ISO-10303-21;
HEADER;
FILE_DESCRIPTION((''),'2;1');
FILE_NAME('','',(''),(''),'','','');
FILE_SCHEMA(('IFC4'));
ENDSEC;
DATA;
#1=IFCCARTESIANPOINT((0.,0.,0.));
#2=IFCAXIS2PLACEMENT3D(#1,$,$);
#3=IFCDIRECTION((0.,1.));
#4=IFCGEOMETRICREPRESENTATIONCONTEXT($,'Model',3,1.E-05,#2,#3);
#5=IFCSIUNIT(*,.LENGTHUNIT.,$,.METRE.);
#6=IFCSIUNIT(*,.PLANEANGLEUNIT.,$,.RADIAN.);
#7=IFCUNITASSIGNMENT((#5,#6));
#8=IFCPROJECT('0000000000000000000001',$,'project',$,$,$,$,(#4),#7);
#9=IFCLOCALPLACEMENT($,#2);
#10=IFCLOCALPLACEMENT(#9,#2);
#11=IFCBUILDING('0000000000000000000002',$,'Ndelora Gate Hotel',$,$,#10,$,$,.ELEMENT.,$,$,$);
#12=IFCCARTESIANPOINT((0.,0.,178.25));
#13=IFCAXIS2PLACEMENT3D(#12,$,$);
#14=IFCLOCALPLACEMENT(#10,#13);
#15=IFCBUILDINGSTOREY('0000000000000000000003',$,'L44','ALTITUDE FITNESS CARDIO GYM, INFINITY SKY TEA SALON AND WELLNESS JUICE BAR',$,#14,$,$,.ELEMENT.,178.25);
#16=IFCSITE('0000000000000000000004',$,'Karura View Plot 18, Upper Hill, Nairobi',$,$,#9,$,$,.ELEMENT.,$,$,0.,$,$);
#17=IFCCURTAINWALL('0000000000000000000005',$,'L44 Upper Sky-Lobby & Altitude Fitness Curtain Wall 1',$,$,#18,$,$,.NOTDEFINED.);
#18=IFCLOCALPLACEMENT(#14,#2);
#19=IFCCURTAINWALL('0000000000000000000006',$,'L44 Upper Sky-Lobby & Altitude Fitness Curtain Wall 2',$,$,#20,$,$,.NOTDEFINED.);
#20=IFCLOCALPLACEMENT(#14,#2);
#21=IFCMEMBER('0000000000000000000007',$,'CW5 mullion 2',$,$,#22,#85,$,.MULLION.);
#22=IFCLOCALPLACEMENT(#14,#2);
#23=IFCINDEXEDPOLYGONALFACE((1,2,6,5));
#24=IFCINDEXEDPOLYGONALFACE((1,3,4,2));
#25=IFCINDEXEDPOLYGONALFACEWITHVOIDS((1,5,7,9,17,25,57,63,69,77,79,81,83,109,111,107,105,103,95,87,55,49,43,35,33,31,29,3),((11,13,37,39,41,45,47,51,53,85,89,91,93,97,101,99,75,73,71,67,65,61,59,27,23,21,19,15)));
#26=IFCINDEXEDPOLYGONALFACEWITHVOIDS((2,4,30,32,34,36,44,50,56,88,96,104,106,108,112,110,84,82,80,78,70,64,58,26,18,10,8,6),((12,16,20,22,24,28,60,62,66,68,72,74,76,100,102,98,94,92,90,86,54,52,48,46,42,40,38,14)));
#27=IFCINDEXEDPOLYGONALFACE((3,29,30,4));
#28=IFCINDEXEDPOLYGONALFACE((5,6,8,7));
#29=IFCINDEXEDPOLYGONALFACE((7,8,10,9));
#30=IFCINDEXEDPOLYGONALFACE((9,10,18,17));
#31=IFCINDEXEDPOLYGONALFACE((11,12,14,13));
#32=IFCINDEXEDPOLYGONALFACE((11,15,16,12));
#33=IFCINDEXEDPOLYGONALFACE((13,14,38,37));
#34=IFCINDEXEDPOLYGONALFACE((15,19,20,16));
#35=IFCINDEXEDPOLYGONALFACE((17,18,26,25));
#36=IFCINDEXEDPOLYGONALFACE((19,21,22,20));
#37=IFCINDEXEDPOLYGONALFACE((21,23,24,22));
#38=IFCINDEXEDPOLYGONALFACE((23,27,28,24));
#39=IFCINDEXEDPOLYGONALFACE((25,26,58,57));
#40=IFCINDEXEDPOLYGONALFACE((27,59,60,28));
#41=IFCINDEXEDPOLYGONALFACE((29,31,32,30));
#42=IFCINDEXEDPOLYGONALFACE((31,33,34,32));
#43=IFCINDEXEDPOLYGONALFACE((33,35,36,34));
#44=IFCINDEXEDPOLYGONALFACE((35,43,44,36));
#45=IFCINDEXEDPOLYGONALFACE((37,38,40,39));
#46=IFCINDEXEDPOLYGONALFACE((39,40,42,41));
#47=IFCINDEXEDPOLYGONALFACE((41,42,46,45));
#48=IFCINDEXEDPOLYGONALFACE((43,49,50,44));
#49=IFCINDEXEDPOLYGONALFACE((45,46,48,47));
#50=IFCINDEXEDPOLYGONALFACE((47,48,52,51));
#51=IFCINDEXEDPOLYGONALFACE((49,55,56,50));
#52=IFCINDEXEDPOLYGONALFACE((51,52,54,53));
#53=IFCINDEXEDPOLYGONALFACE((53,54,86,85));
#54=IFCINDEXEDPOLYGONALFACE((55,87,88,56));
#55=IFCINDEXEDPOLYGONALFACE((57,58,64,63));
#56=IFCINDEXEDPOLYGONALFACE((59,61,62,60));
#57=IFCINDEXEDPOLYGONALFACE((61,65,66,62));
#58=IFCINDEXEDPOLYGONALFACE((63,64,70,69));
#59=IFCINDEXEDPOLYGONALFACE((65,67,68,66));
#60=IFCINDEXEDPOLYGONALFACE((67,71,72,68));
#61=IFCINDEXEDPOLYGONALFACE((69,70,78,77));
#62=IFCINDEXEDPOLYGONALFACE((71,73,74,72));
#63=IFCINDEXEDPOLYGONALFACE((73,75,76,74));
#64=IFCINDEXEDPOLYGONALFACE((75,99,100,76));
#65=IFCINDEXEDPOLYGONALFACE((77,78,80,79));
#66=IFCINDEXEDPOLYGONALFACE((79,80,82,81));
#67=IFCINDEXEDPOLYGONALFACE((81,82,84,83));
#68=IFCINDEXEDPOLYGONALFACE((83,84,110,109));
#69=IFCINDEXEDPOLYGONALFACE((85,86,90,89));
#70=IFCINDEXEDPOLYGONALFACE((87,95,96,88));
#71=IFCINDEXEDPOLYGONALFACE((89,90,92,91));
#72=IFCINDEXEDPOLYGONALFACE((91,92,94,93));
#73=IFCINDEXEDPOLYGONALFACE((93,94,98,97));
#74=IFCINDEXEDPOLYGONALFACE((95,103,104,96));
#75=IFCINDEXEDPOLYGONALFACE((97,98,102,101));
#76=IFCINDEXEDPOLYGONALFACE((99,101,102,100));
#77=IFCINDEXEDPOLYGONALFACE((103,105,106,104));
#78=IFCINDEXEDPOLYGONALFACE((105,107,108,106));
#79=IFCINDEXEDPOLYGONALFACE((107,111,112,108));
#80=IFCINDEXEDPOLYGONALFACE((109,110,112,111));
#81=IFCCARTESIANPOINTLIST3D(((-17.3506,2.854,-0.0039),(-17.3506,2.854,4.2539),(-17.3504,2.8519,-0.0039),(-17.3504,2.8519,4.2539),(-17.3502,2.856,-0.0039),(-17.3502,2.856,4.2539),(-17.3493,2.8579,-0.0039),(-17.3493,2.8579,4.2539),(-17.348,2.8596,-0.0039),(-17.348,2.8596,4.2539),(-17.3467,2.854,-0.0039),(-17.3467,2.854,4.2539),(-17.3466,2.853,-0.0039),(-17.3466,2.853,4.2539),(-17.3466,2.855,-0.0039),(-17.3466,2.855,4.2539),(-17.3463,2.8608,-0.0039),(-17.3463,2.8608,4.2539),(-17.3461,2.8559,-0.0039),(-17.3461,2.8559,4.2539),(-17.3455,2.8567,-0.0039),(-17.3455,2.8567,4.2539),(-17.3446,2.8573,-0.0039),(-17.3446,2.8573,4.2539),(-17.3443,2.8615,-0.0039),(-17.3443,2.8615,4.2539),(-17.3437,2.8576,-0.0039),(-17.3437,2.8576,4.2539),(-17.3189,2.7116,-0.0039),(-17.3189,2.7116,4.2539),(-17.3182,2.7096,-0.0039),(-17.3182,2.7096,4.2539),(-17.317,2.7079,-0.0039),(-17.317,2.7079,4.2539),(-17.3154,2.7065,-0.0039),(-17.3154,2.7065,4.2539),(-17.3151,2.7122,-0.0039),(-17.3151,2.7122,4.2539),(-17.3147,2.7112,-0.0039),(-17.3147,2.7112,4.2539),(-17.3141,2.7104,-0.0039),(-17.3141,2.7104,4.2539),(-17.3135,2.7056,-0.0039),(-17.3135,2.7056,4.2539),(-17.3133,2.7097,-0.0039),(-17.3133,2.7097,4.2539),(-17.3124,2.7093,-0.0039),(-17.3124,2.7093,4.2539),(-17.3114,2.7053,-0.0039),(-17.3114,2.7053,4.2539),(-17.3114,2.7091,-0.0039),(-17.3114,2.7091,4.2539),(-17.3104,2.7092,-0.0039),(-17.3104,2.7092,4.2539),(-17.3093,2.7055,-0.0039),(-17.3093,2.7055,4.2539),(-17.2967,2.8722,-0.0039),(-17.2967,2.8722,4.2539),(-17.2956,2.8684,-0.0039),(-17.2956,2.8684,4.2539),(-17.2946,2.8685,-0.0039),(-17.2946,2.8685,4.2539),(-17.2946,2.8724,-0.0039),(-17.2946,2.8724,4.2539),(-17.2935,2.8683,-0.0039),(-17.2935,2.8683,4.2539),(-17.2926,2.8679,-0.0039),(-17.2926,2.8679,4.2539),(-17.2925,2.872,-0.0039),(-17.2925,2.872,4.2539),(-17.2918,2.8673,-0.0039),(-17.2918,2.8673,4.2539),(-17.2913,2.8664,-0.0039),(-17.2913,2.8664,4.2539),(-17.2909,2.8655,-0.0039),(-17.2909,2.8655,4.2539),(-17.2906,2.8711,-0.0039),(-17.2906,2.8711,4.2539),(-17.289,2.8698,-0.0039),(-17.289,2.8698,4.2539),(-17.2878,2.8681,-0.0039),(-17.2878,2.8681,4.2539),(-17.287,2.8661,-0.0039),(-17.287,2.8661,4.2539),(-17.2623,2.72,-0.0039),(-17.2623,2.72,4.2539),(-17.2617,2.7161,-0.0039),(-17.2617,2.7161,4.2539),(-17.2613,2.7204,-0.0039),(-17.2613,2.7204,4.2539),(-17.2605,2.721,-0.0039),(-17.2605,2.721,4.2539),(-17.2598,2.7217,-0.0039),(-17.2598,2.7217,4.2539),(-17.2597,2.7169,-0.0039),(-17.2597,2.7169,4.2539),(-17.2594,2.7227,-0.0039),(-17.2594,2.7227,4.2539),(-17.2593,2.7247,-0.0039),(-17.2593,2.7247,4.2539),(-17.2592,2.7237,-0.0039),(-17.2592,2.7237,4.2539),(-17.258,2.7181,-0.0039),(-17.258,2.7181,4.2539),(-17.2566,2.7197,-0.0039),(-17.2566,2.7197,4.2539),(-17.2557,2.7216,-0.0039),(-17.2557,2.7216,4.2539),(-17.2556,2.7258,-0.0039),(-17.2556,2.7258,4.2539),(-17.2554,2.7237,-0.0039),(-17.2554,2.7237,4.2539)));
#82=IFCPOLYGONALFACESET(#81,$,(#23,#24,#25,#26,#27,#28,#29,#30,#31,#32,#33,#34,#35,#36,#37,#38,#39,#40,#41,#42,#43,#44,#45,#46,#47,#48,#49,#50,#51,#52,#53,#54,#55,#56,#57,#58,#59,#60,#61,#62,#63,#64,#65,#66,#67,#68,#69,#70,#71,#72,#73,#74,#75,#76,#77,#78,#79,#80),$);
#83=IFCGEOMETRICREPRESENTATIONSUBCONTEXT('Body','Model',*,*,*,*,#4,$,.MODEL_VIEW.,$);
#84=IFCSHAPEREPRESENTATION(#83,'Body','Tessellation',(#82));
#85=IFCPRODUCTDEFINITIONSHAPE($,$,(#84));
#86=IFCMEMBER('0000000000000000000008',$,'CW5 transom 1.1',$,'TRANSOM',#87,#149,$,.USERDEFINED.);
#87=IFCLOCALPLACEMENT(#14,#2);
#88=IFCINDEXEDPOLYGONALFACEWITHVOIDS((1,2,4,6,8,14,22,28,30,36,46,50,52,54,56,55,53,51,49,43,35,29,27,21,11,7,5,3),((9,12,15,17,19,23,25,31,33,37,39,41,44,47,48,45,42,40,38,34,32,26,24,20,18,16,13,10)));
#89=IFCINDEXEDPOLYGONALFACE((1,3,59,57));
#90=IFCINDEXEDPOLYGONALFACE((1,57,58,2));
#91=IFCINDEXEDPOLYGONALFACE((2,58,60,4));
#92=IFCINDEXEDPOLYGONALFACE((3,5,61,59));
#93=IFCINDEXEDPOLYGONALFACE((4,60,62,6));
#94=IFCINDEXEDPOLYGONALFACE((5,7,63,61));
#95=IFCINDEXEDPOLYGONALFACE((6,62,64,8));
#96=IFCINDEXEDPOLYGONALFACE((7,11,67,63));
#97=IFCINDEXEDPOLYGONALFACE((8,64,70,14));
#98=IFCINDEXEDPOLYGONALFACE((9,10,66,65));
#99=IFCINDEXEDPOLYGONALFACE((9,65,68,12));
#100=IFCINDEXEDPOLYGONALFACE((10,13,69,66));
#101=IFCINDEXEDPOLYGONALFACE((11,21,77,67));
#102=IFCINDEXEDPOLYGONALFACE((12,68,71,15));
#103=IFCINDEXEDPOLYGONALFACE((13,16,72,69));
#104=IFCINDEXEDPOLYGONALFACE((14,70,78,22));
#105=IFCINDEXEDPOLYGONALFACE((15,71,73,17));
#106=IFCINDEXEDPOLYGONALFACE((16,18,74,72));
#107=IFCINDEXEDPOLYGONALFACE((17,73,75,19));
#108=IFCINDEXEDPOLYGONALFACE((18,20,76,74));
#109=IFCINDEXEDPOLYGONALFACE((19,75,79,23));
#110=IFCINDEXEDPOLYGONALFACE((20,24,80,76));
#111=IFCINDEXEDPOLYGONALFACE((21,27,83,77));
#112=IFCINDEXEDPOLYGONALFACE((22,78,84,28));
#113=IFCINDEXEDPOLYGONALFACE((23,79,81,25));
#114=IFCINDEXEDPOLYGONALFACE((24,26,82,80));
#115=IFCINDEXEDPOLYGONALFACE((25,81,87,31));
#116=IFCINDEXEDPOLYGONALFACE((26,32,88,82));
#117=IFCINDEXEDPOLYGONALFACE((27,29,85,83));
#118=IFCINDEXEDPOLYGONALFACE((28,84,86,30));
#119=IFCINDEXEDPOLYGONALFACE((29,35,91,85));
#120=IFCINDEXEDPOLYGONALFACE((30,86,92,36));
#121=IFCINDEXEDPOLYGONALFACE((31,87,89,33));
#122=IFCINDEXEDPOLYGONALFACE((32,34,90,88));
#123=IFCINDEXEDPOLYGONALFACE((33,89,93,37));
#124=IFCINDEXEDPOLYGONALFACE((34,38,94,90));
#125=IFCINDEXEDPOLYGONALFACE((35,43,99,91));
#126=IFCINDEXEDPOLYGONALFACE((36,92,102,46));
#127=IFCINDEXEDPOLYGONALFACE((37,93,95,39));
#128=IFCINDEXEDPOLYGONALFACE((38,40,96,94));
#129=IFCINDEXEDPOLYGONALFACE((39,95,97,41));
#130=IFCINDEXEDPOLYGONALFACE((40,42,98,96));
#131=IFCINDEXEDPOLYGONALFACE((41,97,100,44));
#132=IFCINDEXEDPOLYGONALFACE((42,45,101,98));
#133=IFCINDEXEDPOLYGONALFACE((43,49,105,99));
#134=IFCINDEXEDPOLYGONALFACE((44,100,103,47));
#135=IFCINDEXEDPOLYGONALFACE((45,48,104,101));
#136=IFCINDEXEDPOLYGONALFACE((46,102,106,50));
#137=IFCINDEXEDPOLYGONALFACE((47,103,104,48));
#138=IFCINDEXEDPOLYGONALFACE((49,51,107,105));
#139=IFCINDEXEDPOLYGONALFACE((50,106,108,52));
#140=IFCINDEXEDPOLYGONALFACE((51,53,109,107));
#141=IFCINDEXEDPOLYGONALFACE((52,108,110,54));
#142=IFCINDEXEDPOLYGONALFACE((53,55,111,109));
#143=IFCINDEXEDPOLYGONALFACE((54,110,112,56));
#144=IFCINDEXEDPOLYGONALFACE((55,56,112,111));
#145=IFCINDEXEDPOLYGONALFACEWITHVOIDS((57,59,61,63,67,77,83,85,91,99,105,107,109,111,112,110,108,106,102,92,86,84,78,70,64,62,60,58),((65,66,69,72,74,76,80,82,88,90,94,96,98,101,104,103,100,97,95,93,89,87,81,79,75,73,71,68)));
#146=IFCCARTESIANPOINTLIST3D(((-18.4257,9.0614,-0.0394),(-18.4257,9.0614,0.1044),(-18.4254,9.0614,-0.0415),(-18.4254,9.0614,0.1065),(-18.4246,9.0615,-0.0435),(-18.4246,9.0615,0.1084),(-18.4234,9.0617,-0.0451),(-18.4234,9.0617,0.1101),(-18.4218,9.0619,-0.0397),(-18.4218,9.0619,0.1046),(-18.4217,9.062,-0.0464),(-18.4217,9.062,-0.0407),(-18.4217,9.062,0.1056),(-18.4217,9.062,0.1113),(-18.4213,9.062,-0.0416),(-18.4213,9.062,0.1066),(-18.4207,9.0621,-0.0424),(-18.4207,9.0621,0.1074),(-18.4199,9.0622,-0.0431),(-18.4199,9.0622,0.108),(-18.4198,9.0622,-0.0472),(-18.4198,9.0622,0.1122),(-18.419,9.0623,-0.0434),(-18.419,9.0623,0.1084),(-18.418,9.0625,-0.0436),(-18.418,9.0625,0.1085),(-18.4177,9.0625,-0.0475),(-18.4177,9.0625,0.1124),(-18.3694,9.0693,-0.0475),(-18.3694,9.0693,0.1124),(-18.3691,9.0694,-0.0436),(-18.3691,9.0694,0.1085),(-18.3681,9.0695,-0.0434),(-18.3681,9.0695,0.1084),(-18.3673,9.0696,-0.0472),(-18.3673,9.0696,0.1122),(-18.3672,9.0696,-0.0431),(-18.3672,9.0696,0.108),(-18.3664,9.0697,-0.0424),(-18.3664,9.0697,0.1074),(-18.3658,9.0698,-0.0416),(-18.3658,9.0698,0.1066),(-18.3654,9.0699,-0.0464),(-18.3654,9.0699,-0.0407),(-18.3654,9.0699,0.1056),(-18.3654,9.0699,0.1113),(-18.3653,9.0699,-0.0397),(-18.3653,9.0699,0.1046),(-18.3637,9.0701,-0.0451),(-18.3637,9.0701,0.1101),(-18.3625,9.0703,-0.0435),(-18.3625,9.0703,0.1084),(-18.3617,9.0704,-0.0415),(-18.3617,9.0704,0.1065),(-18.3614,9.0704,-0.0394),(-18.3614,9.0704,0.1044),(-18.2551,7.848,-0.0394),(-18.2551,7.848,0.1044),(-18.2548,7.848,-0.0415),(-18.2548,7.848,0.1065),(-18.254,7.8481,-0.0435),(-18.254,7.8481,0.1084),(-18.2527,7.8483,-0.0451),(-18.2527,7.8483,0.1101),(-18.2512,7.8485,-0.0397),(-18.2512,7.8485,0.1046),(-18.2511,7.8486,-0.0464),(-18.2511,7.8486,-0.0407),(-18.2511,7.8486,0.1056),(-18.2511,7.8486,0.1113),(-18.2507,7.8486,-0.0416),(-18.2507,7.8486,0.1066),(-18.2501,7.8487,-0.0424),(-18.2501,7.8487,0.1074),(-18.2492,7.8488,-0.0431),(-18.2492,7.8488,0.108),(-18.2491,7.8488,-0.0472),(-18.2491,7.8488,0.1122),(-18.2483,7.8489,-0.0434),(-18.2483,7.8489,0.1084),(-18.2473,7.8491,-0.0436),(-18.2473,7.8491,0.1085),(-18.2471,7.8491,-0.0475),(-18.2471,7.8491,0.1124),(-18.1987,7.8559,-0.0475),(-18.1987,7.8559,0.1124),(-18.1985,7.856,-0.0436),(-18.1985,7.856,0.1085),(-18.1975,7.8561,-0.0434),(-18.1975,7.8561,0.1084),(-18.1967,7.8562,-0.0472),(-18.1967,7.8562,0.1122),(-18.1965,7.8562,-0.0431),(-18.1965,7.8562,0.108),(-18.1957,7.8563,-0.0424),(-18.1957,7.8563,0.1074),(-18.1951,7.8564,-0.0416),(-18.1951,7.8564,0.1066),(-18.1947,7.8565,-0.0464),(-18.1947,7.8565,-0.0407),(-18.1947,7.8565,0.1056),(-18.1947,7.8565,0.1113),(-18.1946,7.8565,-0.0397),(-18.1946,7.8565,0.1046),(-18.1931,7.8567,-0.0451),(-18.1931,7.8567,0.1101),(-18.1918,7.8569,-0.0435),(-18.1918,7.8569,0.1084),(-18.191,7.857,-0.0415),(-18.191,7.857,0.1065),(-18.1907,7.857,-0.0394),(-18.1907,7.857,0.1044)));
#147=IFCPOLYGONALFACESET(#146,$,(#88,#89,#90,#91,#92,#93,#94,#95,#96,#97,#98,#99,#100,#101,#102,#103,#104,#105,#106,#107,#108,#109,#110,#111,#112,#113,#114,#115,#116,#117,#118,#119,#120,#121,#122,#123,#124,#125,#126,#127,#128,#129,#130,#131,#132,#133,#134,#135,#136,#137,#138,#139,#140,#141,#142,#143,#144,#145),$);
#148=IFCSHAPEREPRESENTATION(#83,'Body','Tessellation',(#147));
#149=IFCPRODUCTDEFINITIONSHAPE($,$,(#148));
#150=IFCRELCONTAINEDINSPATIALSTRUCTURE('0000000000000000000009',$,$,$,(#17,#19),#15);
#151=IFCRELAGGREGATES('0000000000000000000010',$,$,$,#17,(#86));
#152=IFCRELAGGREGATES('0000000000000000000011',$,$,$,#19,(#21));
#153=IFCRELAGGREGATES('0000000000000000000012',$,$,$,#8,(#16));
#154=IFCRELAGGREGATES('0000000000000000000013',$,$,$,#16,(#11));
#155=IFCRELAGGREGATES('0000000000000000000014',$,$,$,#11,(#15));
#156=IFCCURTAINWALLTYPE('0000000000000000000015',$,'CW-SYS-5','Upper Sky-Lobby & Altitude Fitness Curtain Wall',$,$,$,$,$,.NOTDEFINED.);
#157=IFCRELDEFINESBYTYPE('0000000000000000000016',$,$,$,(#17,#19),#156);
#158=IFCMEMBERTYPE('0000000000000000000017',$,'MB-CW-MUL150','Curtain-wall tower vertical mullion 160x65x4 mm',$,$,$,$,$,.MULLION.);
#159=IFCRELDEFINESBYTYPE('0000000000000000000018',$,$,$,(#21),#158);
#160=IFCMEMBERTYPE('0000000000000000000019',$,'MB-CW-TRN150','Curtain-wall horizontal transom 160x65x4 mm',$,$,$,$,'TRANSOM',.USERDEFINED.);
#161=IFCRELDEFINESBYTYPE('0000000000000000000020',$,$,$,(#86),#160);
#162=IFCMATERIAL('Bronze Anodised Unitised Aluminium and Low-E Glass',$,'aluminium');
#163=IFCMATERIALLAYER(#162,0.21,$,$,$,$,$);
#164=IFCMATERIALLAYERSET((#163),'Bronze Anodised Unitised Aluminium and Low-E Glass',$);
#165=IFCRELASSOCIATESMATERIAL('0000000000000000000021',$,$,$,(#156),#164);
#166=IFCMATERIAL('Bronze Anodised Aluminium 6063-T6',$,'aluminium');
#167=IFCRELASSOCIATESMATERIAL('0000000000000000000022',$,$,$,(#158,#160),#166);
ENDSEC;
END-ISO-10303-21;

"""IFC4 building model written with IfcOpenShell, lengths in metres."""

from ifc_helpers import new_model, si_unit, direction, frame, origin, origin_2d, place, context, subcontext, project, spatial, hollow_rectangle, extrude, material, layer, layer_set, material_profile, profile_set, type_object, element, aggregate, save


model = new_model("IFC4")

# Units and contexts
model_context = context("Model", 3, precision=1e-05, world=origin(), true_north=direction((0.0, 1.0)))
body_context = subcontext(model_context, "Body", "Model", "MODEL_VIEW")
ifc_project = project(units=[si_unit("LENGTHUNIT", "METRE"), si_unit("PLANEANGLEUNIT", "RADIAN")], contexts=[model_context])

# Site, building, storey
site_placement = place(None, origin())
site = spatial("IfcSite", under=ifc_project, at=site_placement, Name="Karura View Plot 18, Upper Hill, Nairobi", CompositionType="ELEMENT", RefElevation=0.0)
building_placement = place(site_placement, origin())
building = spatial("IfcBuilding", under=site, at=building_placement, Name="Ndelora Gate Hotel", CompositionType="ELEMENT")
storey_placement = place(building_placement, frame((0.0, 0.0, 178.25)))
storey = spatial("IfcBuildingStorey", under=building, at=storey_placement, Name="L44", Description="ALTITUDE FITNESS CARDIO GYM, INFINITY SKY TEA SALON AND WELLNESS JUICE BAR", CompositionType="ELEMENT", Elevation=178.25)

# Curtain walls, member
ifc_material_1 = material(Name="Bronze Anodised Unitised Aluminium and Low-E Glass", Category="aluminium")
ifc_layer_1 = layer(ifc_material_1, 0.21)
ifc_layer_set_1 = layer_set([ifc_layer_1], Name="Bronze Anodised Unitised Aluminium and Low-E Glass")
curtain_wall_type = type_object("IfcCurtainWallType", Name="CW-SYS-5", Description="Upper Sky-Lobby & Altitude Fitness Curtain Wall", PredefinedType="NOTDEFINED", material=ifc_layer_set_1)
curtain_wall_1_placement = place(storey_placement, origin())
curtain_wall_1 = element("IfcCurtainWall", 1, at=curtain_wall_1_placement, inside=storey, type_object=curtain_wall_type, Name="L44 Upper Sky-Lobby & Altitude Fitness Curtain Wall 1", PredefinedType="NOTDEFINED")
ifc_material_2 = material(Name="Bronze Anodised Aluminium 6063-T6", Category="aluminium")
ifc_material_profile_1 = material_profile(ifc_material_2, hollow_rectangle(XDim=0.0649, YDim=0.1599, WallThickness=0.0039, InnerFilletRadius=0.0039, OuterFilletRadius=0.0081, at=origin_2d()), Name="ALU 160x65x4")
ifc_profile_set_1 = profile_set([ifc_material_profile_1], Name="Bronze Anodised Aluminium 6063-T6")
member_type_1 = type_object("IfcMemberType", Name="MB-CW-MUL150", Description="Curtain-wall tower vertical mullion 160x65x4 mm", PredefinedType="MULLION", material=ifc_profile_set_1)
curtain_wall_2_placement = place(storey_placement, origin())
curtain_wall_2 = element("IfcCurtainWall", 2, at=curtain_wall_2_placement, inside=storey, type_object=curtain_wall_type, Name="L44 Upper Sky-Lobby & Altitude Fitness Curtain Wall 2", PredefinedType="NOTDEFINED")
member_1_placement = place(storey_placement, frame((-17.303, 2.7888, -0.0039), z_axis=(0.0, 0.0, 1.0), x_axis=(0.975739, 0.218939, 0.0)))
member_1 = element("IfcMember", 3, at=member_1_placement, type_object=member_type_1, Name="CW5 mullion 2", PredefinedType="MULLION", context=body_context, shape_type="SweptSolid", body=[
    extrude(hollow_rectangle(XDim=0.0649, YDim=0.1599, WallThickness=0.0039, InnerFilletRadius=0.0039, OuterFilletRadius=0.0081, at=origin_2d()), origin(), (0.0, 0.0, 1.0), 4.2578),
])

# Member
ifc_material_profile_2 = material_profile(ifc_material_2, hollow_rectangle(XDim=0.0649, YDim=0.1599, WallThickness=0.0039, InnerFilletRadius=0.0039, OuterFilletRadius=0.0081, at=origin_2d()), Name="ALU 160x65x4")
ifc_profile_set_2 = profile_set([ifc_material_profile_2], Name="Bronze Anodised Aluminium 6063-T6")
member_type_2 = type_object("IfcMemberType", Name="MB-CW-TRN150", Description="Curtain-wall horizontal transom 160x65x4 mm", ElementType="TRANSOM", PredefinedType="USERDEFINED", material=ifc_profile_set_2)
member_2_placement = place(storey_placement, frame((-18.3936, 9.0659, 0.0325), z_axis=(0.139273, -0.990254, 0.0), x_axis=(0.990254, 0.139273, 0.0)))
member_2 = element("IfcMember", 4, at=member_2_placement, type_object=member_type_2, Name="CW5 transom 1.1", ObjectType="TRANSOM", PredefinedType="USERDEFINED", context=body_context, shape_type="SweptSolid", body=[
    extrude(hollow_rectangle(XDim=0.0649, YDim=0.1599, WallThickness=0.0039, InnerFilletRadius=0.0039, OuterFilletRadius=0.0081, at=origin_2d()), origin(), (0.0, 0.0, 1.0), 1.2253),
])

aggregate(curtain_wall_1, [member_2])
aggregate(curtain_wall_2, [member_1])

save(model, "model.ifc")
